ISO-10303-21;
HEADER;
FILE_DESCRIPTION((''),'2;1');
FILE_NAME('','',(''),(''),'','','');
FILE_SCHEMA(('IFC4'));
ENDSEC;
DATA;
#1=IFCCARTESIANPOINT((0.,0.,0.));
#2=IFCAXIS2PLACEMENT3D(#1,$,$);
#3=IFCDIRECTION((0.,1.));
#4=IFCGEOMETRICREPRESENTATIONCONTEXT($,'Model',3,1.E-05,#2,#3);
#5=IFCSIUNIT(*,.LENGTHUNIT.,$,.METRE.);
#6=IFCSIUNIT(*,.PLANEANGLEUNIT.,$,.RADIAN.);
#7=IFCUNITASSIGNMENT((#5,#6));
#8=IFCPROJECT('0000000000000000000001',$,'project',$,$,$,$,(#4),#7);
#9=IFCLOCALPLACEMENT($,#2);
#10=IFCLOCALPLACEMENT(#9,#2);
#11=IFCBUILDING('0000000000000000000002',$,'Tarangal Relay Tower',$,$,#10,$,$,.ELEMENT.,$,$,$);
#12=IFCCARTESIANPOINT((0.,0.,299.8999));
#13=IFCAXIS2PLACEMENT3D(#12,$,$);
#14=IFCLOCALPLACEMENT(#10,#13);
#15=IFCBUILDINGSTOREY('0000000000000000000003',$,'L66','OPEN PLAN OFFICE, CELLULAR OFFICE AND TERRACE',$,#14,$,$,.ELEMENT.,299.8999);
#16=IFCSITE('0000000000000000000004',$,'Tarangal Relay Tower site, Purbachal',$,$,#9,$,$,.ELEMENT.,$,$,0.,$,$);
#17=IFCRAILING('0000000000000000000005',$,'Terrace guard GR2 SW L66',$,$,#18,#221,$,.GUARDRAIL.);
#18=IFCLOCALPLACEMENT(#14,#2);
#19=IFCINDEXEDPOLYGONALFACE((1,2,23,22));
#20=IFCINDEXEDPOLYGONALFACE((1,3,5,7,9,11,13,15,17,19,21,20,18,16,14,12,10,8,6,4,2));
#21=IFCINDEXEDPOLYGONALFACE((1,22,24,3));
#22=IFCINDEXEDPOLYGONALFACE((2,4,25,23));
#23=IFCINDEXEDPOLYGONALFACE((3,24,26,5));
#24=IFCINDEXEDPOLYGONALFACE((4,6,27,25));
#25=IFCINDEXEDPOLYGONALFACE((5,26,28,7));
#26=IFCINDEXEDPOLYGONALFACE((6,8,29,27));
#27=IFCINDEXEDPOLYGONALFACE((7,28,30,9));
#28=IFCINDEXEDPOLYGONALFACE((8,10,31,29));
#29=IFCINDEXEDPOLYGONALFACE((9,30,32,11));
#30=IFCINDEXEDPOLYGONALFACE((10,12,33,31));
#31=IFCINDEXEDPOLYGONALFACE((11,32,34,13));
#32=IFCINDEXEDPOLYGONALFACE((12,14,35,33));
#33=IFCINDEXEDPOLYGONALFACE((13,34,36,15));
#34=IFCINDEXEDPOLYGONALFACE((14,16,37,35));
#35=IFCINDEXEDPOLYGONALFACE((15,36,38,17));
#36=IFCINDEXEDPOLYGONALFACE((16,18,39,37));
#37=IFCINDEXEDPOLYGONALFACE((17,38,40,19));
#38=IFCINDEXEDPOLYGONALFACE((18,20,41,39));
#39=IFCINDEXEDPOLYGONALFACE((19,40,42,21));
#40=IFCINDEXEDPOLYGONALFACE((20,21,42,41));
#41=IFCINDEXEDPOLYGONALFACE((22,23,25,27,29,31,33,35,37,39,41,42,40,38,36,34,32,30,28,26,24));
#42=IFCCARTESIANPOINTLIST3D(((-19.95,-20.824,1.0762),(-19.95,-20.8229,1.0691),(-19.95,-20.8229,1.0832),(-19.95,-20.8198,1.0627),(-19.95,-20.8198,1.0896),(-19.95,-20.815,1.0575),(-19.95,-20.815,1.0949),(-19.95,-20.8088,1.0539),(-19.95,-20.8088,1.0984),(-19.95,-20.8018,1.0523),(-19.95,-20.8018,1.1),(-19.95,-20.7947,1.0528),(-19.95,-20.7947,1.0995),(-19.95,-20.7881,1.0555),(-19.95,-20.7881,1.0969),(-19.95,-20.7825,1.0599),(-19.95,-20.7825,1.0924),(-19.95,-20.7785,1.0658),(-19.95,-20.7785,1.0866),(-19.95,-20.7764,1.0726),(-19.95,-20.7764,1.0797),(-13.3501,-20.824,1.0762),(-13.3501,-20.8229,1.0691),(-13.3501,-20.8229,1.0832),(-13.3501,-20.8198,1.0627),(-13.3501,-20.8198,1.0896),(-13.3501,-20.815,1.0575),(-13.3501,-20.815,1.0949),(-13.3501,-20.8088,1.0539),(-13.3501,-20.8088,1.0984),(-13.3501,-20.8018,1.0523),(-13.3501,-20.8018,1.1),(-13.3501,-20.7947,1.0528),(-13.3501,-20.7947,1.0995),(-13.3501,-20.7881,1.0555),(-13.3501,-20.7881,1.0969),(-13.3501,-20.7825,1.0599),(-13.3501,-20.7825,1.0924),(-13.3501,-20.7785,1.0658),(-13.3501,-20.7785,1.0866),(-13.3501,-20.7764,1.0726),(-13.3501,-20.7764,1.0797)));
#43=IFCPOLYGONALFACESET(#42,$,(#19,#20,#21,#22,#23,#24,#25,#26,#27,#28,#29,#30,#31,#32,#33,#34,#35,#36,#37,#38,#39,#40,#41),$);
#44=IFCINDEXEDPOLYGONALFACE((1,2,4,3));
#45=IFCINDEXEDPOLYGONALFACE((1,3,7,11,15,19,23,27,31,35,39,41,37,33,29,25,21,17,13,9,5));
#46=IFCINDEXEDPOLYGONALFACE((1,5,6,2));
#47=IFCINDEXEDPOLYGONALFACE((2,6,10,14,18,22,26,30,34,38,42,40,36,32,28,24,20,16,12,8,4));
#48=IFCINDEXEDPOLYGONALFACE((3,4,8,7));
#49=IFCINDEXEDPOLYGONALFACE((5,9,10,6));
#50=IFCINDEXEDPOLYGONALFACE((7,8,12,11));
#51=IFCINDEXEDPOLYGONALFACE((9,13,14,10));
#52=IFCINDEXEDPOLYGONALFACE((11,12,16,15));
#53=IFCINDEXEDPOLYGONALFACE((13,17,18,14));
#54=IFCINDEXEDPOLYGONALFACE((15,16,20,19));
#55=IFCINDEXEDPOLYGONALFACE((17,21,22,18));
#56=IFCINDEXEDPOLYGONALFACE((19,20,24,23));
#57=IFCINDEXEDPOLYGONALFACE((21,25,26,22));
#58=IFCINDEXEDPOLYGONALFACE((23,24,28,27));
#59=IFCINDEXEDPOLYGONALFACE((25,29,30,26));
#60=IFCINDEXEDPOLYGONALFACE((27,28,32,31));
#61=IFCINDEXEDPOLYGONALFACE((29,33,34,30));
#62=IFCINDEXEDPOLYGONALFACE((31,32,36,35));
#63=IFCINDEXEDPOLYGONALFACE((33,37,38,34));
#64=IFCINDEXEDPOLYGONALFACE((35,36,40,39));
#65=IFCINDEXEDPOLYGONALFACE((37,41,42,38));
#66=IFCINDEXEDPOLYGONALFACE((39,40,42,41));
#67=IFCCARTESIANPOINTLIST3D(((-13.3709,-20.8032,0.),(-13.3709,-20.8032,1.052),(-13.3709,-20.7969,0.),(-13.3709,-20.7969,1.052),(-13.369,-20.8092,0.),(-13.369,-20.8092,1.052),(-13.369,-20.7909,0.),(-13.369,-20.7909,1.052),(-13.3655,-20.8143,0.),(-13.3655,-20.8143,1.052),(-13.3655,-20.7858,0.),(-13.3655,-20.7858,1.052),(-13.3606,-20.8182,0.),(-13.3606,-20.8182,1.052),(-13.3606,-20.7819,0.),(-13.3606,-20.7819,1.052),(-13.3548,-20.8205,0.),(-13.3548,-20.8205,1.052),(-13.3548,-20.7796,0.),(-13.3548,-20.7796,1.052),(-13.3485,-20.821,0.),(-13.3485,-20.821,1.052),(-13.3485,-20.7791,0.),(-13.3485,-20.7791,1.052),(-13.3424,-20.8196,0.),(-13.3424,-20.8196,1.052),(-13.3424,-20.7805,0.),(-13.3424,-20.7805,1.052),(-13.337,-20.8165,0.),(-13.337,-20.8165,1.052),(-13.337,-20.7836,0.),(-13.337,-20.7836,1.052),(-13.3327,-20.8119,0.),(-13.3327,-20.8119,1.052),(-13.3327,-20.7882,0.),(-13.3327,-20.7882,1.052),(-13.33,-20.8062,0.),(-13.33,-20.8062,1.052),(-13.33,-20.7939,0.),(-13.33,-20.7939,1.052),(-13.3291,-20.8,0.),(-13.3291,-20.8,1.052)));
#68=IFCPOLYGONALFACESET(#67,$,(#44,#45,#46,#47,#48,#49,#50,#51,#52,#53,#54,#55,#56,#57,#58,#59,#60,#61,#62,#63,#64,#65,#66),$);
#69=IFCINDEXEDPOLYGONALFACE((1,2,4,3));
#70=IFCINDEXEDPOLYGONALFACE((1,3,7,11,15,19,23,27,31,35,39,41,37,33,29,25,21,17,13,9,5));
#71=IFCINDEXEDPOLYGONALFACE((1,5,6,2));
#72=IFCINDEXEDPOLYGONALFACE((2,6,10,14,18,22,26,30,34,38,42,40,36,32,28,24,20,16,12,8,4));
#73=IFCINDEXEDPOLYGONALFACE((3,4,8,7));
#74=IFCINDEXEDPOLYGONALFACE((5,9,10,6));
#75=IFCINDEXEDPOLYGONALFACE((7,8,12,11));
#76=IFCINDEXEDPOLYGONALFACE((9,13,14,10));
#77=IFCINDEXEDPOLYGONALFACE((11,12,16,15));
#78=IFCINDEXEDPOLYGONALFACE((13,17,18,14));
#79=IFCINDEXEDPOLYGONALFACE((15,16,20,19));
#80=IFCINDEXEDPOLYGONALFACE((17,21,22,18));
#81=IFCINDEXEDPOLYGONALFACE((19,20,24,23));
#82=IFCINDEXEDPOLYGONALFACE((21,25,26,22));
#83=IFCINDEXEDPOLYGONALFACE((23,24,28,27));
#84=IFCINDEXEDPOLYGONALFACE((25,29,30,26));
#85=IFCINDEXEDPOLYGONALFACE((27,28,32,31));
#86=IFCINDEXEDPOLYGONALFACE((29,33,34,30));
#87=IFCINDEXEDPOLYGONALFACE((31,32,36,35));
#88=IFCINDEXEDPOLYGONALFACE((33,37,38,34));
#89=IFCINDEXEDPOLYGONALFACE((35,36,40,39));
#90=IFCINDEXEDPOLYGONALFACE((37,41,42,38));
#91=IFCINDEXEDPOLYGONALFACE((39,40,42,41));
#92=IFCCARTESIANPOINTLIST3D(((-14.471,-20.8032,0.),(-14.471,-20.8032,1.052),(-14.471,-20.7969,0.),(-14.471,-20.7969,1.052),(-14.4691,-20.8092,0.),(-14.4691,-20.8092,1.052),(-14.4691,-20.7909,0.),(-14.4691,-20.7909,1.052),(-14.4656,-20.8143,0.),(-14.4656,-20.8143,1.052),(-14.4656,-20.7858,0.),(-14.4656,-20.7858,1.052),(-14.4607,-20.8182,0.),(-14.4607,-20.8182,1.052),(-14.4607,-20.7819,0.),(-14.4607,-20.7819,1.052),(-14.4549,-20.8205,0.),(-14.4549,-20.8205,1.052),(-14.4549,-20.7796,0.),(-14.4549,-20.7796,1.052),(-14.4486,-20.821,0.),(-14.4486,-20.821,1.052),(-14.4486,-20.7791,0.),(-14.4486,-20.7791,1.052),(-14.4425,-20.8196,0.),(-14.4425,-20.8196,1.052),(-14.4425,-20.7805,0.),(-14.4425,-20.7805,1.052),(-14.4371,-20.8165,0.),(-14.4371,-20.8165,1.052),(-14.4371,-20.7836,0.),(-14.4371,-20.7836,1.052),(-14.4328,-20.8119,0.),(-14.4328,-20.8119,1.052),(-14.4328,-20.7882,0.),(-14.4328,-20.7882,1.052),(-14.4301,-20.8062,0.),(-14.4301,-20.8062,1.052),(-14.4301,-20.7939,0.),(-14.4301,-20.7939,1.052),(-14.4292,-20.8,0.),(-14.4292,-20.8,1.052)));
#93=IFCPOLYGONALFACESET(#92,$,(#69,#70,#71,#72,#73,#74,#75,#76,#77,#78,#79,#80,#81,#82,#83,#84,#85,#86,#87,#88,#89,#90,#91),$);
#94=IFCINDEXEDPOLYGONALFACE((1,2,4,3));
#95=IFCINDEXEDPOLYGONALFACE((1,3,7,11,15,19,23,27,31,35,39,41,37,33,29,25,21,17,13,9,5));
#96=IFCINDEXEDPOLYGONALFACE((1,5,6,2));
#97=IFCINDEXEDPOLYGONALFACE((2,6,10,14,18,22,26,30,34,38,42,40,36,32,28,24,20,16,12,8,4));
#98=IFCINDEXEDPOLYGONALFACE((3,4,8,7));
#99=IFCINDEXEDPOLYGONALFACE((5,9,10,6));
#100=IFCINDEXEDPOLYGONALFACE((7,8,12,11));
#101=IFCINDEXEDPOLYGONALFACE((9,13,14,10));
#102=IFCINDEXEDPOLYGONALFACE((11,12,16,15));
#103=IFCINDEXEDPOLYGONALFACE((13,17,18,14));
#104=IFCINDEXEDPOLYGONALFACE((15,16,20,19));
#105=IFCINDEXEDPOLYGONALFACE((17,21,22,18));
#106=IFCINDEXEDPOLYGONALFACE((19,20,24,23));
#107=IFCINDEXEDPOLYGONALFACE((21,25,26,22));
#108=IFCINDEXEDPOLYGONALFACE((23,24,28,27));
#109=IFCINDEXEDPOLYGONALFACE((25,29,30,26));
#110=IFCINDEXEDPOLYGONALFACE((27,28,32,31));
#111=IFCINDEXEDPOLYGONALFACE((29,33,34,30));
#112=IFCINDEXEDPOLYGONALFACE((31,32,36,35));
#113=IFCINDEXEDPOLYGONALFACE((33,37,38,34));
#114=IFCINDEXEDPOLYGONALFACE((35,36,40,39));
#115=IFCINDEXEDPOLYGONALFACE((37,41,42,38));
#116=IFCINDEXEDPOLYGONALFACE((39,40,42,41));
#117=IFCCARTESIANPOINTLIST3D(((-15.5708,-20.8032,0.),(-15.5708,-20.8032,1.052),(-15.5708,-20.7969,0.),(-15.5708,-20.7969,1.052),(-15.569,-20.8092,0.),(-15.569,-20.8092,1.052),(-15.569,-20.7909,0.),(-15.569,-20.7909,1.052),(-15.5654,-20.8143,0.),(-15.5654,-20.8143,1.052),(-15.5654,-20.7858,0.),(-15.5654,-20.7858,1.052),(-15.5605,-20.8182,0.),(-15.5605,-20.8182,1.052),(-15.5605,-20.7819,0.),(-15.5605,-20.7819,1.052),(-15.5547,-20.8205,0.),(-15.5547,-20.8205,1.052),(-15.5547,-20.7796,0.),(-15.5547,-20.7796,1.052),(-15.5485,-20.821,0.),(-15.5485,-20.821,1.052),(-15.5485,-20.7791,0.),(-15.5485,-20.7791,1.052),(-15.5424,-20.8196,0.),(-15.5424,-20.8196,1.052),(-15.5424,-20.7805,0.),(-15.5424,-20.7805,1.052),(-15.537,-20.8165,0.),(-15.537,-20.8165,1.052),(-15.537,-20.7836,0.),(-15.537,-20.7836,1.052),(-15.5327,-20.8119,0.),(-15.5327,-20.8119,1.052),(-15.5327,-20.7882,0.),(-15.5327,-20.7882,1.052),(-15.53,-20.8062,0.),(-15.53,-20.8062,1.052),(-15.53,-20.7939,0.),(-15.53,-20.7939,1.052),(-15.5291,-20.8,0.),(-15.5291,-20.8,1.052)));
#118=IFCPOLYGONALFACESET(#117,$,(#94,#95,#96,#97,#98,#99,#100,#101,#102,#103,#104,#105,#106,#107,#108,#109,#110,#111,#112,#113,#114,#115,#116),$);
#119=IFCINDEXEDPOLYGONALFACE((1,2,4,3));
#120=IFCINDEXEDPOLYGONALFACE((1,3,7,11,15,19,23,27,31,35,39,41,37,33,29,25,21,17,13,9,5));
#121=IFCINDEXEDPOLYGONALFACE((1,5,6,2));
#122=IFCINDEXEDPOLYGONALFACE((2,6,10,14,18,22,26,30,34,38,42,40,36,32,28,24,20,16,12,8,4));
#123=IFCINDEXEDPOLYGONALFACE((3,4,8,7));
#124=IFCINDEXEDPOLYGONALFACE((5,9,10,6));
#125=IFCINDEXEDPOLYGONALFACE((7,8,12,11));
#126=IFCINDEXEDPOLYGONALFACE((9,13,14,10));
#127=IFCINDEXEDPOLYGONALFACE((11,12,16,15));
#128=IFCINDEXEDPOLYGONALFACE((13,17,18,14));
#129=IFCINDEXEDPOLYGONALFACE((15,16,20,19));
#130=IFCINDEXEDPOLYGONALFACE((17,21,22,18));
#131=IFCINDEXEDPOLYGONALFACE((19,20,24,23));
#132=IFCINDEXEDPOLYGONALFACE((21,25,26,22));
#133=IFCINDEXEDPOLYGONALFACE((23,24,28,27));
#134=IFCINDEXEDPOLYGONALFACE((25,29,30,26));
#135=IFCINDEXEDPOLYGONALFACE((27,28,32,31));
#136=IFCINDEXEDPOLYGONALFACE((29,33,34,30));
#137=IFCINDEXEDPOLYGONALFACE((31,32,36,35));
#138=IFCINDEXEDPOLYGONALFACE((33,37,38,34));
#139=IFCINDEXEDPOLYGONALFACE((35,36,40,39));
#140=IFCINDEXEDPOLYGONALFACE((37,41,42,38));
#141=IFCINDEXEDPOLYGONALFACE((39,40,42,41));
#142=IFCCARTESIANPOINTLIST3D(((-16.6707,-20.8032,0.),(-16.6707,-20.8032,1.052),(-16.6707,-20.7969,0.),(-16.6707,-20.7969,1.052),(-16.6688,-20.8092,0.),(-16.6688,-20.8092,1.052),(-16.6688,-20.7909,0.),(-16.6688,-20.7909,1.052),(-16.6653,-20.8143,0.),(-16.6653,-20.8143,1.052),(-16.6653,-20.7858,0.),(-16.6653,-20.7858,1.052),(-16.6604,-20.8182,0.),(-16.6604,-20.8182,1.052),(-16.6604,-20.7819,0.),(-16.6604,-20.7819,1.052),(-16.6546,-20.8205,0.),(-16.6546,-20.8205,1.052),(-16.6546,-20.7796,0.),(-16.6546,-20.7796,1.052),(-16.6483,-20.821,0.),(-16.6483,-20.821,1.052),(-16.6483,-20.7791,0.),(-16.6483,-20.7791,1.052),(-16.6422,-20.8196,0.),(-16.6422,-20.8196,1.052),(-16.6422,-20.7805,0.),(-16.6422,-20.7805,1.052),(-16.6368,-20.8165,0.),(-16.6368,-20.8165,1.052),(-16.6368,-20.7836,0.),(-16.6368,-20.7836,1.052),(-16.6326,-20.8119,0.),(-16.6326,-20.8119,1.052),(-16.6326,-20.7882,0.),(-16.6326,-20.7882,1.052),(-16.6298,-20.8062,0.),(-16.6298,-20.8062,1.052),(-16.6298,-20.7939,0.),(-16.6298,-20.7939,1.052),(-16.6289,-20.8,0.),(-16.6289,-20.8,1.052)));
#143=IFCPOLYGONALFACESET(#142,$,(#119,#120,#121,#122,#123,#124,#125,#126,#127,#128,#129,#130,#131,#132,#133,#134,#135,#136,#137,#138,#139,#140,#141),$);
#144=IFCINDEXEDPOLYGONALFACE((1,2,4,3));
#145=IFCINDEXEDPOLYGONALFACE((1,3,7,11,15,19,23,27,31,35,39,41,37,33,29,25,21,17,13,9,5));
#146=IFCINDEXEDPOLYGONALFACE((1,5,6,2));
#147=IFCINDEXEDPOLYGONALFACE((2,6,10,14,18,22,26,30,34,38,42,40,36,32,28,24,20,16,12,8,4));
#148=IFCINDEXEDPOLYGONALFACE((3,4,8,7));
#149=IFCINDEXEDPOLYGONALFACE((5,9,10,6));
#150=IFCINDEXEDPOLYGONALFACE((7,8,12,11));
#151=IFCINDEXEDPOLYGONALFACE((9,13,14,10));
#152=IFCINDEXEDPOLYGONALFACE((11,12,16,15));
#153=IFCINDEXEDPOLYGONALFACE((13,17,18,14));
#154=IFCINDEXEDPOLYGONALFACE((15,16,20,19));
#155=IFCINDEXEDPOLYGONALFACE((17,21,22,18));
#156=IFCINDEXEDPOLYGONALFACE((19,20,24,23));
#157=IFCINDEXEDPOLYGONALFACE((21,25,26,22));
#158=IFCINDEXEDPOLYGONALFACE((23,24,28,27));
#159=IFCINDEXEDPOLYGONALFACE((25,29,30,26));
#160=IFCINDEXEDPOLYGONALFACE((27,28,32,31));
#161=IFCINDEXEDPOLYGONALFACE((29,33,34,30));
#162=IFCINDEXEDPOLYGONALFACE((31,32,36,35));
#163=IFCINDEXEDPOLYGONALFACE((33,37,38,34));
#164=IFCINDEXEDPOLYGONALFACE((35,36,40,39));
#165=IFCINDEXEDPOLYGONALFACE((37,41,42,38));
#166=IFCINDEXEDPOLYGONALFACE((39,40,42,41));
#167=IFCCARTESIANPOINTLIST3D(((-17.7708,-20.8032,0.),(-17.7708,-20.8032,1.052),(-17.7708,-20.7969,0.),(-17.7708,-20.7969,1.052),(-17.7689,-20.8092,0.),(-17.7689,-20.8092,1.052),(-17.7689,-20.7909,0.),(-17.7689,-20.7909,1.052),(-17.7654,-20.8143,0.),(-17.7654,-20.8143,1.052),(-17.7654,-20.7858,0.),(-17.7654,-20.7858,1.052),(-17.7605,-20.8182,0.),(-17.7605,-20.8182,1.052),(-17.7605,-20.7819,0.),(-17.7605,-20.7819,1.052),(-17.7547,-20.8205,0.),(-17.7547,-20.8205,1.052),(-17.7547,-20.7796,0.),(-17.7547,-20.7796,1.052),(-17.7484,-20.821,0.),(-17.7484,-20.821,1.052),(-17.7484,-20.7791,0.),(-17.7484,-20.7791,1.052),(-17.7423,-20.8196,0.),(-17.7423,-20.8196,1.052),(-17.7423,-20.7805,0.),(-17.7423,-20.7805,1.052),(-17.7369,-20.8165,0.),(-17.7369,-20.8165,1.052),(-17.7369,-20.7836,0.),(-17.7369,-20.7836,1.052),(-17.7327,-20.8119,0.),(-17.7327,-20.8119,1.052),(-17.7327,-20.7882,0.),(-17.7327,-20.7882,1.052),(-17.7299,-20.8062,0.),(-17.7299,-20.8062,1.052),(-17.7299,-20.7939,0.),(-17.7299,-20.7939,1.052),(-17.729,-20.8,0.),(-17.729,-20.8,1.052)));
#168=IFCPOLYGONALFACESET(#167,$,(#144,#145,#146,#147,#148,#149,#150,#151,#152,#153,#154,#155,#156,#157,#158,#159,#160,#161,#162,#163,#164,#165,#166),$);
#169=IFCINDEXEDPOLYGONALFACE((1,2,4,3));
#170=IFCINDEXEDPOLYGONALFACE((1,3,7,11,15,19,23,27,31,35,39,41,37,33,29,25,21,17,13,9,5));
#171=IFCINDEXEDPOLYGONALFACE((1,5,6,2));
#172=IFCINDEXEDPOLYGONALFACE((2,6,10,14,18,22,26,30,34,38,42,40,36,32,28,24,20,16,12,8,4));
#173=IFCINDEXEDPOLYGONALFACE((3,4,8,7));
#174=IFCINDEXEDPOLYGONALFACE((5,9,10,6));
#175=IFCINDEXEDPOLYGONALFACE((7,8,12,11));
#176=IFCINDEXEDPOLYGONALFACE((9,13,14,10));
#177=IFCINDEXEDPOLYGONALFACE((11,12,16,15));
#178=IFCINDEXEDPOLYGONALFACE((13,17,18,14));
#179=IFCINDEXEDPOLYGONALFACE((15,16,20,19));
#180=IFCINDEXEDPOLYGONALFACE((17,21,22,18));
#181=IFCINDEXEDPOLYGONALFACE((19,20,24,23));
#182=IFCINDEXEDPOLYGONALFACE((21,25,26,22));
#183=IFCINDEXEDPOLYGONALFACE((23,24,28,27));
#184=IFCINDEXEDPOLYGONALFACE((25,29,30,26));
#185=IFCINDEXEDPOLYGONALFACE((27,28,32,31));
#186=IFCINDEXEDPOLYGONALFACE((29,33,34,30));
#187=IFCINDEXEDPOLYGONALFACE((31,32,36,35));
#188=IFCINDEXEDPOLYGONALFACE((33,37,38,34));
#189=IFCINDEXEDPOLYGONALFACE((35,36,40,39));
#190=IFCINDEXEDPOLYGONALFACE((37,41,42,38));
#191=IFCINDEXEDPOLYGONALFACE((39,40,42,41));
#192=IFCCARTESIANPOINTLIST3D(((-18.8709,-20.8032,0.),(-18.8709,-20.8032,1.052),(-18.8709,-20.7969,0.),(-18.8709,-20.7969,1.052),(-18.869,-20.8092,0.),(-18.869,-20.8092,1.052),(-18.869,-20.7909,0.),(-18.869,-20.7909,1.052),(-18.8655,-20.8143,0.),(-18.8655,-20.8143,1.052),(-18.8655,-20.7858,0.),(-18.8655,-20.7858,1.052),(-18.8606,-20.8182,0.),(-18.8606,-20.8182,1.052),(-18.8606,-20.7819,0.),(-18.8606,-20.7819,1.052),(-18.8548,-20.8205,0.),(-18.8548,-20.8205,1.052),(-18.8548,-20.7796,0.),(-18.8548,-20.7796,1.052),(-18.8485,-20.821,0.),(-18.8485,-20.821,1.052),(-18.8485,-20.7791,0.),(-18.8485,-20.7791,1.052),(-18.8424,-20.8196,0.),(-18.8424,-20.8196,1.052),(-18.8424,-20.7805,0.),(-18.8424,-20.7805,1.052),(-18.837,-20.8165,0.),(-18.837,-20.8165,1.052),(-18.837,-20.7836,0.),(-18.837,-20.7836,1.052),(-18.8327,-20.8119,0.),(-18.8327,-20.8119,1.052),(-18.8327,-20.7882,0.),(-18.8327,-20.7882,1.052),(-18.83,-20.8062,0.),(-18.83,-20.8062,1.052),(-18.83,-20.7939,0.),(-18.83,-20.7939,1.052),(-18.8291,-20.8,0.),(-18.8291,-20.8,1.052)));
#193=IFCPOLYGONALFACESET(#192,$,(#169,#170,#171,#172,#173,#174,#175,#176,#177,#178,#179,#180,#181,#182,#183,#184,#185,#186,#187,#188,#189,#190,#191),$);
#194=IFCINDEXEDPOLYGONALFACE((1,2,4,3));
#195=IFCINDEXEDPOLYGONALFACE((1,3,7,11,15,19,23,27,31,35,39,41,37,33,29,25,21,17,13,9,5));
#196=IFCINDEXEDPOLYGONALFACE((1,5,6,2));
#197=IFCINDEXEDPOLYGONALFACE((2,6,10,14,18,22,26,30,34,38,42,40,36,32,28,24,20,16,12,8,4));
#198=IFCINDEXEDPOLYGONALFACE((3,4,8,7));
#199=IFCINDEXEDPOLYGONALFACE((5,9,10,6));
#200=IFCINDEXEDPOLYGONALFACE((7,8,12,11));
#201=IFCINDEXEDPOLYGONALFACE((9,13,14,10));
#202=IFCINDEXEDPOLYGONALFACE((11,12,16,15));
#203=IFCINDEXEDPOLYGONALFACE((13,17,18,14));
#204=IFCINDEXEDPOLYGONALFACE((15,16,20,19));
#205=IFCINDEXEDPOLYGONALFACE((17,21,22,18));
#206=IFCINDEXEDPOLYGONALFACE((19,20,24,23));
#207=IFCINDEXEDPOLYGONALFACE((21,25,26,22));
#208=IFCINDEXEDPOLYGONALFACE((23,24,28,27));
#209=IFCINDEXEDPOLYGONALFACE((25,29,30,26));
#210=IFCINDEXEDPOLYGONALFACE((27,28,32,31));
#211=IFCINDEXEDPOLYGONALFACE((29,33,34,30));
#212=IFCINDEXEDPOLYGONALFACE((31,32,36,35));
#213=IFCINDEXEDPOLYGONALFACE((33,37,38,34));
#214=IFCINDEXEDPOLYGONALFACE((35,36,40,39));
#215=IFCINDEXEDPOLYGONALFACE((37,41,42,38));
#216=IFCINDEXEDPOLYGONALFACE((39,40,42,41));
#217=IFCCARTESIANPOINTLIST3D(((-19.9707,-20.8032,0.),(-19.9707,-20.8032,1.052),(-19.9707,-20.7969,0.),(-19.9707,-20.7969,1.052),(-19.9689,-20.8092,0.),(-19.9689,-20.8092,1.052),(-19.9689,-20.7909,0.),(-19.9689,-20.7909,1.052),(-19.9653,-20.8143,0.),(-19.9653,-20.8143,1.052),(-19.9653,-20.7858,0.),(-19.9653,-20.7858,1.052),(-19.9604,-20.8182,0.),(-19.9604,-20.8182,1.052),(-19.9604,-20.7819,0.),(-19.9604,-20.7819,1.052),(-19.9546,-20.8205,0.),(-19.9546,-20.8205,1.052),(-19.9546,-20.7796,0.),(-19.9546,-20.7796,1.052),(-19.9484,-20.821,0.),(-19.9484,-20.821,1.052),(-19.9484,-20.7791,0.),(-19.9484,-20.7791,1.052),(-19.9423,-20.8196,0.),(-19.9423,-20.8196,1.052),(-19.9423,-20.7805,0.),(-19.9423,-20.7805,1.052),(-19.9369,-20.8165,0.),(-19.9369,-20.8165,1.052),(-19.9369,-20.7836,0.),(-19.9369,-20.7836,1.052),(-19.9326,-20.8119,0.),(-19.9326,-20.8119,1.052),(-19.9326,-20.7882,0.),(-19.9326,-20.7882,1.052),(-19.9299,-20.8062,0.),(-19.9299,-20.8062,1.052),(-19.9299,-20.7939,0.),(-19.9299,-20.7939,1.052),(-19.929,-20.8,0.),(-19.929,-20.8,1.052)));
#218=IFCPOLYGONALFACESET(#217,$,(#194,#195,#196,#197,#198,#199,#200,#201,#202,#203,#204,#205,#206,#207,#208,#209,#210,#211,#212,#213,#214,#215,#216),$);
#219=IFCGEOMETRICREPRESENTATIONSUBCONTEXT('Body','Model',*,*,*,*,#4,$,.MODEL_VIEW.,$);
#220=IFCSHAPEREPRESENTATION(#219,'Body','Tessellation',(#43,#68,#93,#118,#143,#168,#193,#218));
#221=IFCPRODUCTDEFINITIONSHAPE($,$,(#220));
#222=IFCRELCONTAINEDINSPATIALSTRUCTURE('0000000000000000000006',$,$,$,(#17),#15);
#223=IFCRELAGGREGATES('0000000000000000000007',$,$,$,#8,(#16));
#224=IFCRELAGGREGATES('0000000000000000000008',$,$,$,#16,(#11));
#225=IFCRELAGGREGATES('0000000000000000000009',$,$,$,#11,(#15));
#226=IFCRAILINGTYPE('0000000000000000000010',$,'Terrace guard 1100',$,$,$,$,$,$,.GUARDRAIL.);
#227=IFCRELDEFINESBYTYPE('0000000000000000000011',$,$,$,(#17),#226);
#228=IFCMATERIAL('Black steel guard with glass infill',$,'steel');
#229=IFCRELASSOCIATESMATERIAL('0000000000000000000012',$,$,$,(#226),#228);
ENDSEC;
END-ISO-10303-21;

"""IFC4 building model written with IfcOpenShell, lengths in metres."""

from ifc_helpers import new_model, si_unit, direction, frame, origin, origin_2d, place, context, subcontext, project, spatial, circle, extrude, material, type_object, element, save


model = new_model("IFC4")

# Units and contexts
model_context = context("Model", 3, precision=1e-05, world=origin(), true_north=direction((0.0, 1.0)))
body_context = subcontext(model_context, "Body", "Model", "MODEL_VIEW")
ifc_project = project(units=[si_unit("LENGTHUNIT", "METRE"), si_unit("PLANEANGLEUNIT", "RADIAN")], contexts=[model_context])

# Site, building, storey
site_placement = place(None, origin())
site = spatial("IfcSite", under=ifc_project, at=site_placement, Name="Tarangal Relay Tower site, Purbachal", CompositionType="ELEMENT", RefElevation=0.0)
building_placement = place(site_placement, origin())
building = spatial("IfcBuilding", under=site, at=building_placement, Name="Tarangal Relay Tower", CompositionType="ELEMENT")
storey_placement = place(building_placement, frame((0.0, 0.0, 299.8999)))
storey = spatial("IfcBuildingStorey", under=building, at=storey_placement, Name="L66", Description="OPEN PLAN OFFICE, CELLULAR OFFICE AND TERRACE", CompositionType="ELEMENT", Elevation=299.8999)

# Railing
ifc_material_1 = material(Name="Black steel guard with glass infill", Category="steel")
railing_type = type_object("IfcRailingType", Name="Terrace guard 1100", PredefinedType="GUARDRAIL", material=ifc_material_1)
railing_1_placement = place(storey_placement, frame((-13.3501, -20.8, 0.0)))
element("IfcRailing", 1, at=railing_1_placement, inside=storey, type_object=railing_type, Name="Terrace guard GR2 SW L66", PredefinedType="GUARDRAIL", context=body_context, shape_type="SweptSolid", body=[
    extrude(circle(Radius=0.0239, at=origin_2d()), frame((0.0, 0.0, 1.0762), z_axis=(-1.0, 0.0, 0.0), x_axis=(0.0, -1.0, 0.0)), (0.0, 0.0, 1.0), 6.5999),
    extrude(circle(Radius=0.021, at=origin_2d()), origin(), (0.0, 0.0, 1.0), 1.052),
    extrude(circle(Radius=0.021, at=origin_2d()), frame((-1.1001, 0.0, 0.0)), (0.0, 0.0, 1.0), 1.052),
    extrude(circle(Radius=0.021, at=origin_2d()), frame((-2.2, 0.0, 0.0)), (0.0, 0.0, 1.0), 1.052),
    extrude(circle(Radius=0.021, at=origin_2d()), frame((-3.2998, 0.0, 0.0)), (0.0, 0.0, 1.0), 1.052),
    extrude(circle(Radius=0.021, at=origin_2d()), frame((-4.3999, 0.0, 0.0)), (0.0, 0.0, 1.0), 1.052),
    extrude(circle(Radius=0.021, at=origin_2d()), frame((-5.5, 0.0, 0.0)), (0.0, 0.0, 1.0), 1.052),
    extrude(circle(Radius=0.021, at=origin_2d()), frame((-6.5999, 0.0, 0.0)), (0.0, 0.0, 1.0), 1.052),
])

save(model, "model.ifc")
